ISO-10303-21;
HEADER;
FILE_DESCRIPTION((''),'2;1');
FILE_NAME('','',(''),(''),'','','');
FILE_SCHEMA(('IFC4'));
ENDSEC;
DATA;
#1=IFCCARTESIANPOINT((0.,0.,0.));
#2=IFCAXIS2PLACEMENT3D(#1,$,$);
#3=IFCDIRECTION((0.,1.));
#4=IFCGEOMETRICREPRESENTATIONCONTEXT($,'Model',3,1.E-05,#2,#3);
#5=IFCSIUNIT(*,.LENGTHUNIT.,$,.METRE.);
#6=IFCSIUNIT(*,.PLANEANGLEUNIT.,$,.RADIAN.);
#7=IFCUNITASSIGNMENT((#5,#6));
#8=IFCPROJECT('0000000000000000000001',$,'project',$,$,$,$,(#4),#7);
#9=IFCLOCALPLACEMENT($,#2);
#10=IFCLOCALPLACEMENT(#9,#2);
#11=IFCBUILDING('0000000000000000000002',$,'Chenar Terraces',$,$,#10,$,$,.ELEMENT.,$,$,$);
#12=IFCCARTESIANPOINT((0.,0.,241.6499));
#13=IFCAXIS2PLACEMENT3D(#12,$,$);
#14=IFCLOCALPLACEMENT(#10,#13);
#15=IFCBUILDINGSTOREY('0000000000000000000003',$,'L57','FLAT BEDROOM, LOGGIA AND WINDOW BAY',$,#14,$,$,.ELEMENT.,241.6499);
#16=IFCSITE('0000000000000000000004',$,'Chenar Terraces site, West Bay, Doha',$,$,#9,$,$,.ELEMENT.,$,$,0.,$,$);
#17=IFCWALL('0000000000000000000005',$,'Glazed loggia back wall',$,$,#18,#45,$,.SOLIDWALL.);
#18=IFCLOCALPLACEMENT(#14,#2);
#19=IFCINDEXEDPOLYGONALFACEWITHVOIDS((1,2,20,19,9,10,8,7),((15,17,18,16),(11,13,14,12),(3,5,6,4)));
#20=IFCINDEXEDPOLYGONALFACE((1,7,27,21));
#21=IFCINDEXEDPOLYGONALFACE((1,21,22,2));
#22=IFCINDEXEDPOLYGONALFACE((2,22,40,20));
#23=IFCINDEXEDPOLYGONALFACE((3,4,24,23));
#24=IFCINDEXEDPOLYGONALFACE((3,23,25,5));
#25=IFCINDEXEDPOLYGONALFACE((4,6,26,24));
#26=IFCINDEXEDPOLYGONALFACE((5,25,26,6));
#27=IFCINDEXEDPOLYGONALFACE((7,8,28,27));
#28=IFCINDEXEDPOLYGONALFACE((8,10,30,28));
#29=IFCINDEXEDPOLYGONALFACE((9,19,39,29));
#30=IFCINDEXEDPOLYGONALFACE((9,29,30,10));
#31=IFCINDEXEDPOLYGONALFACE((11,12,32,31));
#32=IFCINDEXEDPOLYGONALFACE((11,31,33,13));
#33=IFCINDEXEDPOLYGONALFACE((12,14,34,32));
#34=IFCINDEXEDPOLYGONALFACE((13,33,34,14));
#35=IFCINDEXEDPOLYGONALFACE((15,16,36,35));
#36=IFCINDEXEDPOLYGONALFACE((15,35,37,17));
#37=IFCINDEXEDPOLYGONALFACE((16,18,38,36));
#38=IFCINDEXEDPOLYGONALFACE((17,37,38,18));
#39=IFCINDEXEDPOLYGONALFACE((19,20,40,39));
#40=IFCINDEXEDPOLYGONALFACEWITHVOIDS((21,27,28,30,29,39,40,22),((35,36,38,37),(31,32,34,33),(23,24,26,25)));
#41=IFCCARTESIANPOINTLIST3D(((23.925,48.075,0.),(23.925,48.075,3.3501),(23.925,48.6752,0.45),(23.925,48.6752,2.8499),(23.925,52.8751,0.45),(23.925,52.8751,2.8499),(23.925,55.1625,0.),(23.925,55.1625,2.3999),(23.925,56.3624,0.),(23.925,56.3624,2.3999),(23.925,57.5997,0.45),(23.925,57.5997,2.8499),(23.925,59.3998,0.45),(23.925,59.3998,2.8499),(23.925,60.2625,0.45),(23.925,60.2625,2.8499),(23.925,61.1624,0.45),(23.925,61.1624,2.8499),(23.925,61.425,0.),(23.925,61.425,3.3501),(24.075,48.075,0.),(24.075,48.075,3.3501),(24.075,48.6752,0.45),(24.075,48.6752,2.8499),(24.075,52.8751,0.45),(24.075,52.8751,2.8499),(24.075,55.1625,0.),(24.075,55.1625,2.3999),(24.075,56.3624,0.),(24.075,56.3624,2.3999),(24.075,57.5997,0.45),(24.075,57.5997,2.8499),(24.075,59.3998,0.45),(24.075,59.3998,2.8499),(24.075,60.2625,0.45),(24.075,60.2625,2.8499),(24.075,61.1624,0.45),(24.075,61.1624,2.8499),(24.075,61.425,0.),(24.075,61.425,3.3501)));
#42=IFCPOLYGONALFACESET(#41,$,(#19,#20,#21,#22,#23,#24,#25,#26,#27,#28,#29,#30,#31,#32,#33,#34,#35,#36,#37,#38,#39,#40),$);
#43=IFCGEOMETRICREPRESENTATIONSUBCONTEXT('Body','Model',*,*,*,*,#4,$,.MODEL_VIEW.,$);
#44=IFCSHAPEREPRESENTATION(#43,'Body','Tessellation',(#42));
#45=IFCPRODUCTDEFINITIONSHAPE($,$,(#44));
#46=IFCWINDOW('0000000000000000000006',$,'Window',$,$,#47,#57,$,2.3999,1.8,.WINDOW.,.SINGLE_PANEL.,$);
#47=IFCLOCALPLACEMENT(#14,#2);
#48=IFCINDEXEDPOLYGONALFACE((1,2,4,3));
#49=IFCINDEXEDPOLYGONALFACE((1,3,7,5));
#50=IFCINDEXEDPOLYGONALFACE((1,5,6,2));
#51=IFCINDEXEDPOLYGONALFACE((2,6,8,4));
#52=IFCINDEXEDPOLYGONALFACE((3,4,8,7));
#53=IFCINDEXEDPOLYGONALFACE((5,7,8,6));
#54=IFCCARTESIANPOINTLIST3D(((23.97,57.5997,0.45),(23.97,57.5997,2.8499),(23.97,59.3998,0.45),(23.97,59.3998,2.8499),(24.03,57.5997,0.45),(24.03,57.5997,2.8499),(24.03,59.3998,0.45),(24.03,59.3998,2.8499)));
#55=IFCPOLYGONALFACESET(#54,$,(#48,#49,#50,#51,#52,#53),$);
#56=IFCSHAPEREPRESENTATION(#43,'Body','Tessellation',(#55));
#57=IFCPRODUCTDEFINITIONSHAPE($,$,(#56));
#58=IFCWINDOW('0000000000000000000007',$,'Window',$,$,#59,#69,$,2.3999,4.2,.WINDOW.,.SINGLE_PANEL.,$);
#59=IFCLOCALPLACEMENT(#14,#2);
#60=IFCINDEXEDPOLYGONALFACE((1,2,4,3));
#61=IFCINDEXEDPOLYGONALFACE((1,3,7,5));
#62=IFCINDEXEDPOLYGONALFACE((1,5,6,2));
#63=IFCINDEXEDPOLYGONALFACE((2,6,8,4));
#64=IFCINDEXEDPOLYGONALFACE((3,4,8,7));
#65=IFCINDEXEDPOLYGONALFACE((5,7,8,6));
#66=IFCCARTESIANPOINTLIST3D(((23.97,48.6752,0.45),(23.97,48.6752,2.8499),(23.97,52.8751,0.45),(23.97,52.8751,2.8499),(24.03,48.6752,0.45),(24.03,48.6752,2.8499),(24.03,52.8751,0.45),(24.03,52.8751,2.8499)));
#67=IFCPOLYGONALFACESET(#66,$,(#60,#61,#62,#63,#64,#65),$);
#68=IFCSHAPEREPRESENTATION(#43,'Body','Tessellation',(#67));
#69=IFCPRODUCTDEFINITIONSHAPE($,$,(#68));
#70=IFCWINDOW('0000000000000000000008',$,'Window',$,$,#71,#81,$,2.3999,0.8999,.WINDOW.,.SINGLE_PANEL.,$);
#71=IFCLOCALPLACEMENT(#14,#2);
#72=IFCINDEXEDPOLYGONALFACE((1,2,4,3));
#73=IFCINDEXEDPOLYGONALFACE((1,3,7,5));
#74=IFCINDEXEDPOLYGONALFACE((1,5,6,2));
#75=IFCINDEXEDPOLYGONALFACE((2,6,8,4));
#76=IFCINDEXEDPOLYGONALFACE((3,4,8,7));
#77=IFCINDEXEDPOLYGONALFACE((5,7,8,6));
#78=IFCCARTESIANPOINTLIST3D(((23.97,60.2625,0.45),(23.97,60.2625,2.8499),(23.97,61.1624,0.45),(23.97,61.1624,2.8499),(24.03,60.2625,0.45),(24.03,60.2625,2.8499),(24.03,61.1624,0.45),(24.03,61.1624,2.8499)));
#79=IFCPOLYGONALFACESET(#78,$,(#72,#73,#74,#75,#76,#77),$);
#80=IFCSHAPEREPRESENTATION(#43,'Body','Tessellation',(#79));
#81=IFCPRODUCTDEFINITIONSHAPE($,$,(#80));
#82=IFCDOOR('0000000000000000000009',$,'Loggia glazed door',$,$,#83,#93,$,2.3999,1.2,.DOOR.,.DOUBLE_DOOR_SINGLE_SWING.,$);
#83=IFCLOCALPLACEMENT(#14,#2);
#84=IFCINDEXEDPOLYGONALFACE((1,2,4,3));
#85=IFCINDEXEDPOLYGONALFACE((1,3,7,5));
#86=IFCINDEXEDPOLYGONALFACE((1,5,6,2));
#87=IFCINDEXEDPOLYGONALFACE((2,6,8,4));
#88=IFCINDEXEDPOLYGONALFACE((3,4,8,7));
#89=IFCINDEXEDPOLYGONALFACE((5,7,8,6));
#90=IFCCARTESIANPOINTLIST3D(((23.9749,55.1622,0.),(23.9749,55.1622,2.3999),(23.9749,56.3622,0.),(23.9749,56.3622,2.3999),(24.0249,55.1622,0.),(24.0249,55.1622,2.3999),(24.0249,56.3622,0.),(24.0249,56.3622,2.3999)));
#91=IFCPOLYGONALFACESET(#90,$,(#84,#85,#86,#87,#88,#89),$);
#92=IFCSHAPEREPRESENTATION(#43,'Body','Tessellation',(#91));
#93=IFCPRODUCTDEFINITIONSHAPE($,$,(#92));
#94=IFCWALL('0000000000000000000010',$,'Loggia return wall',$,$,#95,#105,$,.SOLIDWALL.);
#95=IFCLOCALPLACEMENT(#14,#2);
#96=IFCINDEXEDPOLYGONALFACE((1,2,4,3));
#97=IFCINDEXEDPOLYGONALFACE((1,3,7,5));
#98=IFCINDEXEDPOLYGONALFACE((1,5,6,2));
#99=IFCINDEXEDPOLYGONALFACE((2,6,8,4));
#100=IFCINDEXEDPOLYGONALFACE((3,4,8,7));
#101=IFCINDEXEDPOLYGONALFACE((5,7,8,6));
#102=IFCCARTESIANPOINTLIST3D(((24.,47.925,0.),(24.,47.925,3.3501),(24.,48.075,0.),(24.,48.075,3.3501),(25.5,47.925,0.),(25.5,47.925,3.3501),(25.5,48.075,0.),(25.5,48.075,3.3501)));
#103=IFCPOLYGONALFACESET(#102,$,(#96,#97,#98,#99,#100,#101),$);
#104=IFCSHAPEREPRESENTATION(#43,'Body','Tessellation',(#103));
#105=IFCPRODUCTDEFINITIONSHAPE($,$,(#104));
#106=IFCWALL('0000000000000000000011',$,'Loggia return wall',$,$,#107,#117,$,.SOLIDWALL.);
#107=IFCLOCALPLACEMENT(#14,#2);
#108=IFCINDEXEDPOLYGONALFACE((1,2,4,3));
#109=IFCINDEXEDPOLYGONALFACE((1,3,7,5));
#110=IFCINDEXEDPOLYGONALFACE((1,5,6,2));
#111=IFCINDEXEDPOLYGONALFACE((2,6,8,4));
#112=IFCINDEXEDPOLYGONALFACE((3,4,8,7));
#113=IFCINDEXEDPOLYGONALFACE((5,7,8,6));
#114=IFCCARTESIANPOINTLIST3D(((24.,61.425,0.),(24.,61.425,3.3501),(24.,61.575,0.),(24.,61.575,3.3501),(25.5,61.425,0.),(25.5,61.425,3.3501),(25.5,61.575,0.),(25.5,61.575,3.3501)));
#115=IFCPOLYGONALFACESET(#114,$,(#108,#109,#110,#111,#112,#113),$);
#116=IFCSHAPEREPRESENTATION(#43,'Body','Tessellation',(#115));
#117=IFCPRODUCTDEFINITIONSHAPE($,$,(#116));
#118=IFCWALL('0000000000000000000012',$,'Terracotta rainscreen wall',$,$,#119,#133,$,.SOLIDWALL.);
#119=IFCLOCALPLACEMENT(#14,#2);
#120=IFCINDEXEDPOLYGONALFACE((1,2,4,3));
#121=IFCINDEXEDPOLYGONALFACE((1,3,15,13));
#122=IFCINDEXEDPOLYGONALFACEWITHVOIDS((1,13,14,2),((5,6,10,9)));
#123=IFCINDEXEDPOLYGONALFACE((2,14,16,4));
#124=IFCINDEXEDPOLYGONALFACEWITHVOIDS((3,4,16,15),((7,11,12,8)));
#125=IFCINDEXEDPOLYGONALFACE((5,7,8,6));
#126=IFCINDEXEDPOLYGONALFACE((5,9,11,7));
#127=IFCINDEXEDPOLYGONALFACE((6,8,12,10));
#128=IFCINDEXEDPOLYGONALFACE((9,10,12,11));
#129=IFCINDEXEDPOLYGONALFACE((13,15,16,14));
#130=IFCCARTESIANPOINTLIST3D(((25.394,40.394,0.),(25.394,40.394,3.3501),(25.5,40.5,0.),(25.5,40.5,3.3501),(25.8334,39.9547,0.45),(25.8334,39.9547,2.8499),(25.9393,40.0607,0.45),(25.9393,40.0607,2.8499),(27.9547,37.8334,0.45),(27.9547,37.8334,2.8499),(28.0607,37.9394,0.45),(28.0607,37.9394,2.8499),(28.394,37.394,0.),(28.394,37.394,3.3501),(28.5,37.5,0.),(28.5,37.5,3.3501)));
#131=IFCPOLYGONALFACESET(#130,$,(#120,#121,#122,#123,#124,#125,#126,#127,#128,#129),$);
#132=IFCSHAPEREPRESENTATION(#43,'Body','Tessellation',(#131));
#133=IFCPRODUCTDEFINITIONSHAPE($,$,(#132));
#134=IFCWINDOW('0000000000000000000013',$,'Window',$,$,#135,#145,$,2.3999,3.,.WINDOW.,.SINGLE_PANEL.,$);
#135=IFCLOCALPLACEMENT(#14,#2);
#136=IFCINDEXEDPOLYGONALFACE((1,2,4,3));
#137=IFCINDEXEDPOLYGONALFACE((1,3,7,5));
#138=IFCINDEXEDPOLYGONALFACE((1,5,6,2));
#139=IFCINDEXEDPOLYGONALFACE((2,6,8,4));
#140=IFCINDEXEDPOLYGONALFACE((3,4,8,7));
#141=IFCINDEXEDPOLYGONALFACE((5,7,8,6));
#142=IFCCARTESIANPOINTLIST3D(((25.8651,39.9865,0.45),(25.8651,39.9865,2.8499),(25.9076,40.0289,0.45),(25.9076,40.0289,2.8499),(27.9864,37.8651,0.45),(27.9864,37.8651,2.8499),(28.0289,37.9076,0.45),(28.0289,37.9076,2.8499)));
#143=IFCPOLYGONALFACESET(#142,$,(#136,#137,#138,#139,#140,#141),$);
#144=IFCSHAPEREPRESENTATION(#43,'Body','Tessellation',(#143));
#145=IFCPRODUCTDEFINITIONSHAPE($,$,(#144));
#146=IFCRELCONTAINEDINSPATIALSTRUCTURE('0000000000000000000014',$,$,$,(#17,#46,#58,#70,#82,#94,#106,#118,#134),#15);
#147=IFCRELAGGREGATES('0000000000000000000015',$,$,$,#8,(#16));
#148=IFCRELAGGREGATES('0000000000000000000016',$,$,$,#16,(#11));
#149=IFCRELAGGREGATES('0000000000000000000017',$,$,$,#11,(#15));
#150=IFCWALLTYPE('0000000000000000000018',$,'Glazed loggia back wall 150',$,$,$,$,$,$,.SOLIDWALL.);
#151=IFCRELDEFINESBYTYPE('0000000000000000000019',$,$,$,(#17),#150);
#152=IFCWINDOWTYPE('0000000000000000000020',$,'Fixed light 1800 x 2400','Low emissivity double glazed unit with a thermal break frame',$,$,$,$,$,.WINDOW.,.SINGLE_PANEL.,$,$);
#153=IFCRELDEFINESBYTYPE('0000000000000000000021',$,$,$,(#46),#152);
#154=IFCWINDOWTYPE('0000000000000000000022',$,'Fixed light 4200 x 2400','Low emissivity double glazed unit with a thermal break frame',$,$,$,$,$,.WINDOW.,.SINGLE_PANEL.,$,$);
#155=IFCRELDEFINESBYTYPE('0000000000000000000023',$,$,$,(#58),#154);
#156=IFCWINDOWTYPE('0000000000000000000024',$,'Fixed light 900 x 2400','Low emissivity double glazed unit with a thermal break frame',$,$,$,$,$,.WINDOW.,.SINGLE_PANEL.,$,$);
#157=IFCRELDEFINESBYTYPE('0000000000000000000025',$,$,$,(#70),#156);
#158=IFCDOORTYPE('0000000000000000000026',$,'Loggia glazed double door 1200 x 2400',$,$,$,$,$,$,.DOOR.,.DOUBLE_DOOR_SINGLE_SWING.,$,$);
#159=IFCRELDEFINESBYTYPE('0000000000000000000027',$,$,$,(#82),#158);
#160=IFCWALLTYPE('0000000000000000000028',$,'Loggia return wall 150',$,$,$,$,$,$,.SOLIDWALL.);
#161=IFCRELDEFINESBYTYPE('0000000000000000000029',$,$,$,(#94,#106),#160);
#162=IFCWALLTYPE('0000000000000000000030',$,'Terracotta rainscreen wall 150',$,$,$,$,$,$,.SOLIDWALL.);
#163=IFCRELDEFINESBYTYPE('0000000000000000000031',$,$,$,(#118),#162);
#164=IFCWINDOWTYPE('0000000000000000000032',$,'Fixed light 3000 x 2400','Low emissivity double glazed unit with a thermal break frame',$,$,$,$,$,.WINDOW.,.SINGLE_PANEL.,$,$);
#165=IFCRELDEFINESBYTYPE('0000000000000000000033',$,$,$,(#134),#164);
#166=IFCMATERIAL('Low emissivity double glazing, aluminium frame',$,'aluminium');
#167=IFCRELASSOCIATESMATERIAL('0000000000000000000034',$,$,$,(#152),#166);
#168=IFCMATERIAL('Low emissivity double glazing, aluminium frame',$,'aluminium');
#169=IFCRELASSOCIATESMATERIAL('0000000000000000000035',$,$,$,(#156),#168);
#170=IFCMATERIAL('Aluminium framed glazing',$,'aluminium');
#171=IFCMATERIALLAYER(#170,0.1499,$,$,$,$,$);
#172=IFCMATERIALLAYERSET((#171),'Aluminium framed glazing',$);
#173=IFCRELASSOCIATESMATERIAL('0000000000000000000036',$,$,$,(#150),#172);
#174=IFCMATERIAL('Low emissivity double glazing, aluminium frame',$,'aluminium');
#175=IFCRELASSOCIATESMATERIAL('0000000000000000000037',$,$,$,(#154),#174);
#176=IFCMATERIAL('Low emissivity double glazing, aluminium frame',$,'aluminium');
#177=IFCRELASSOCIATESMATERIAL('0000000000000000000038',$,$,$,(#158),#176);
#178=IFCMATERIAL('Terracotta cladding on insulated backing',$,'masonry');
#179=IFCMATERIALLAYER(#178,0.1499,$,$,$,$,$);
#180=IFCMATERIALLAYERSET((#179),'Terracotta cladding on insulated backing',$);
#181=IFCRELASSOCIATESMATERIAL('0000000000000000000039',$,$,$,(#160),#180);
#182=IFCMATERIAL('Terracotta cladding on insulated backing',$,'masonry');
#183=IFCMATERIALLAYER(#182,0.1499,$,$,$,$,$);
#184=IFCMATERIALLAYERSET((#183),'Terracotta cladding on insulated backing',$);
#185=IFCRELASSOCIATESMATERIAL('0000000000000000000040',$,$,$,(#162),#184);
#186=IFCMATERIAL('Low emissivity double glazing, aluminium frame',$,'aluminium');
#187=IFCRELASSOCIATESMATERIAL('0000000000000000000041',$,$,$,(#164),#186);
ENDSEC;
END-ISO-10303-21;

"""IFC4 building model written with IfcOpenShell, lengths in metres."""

from ifc_helpers import new_model, si_unit, direction, frame, frame_2d, origin, place, context, subcontext, project, spatial, rectangle, extrude, material, layer, layer_set, type_object, element, fill, save


model = new_model("IFC4")

# Units and contexts
model_context = context("Model", 3, precision=1e-05, world=origin(), true_north=direction((0.0, 1.0)))
body_context = subcontext(model_context, "Body", "Model", "MODEL_VIEW")
ifc_project = project(units=[si_unit("LENGTHUNIT", "METRE"), si_unit("PLANEANGLEUNIT", "RADIAN")], contexts=[model_context])

# Site, building, storey
site_placement = place(None, origin())
site = spatial("IfcSite", under=ifc_project, at=site_placement, Name="Chenar Terraces site, West Bay, Doha", CompositionType="ELEMENT", RefElevation=0.0)
building_placement = place(site_placement, origin())
building = spatial("IfcBuilding", under=site, at=building_placement, Name="Chenar Terraces", CompositionType="ELEMENT")
storey_placement = place(building_placement, frame((0.0, 0.0, 241.6499)))
storey = spatial("IfcBuildingStorey", under=building, at=storey_placement, Name="L57", Description="FLAT BEDROOM, LOGGIA AND WINDOW BAY", CompositionType="ELEMENT", Elevation=241.6499)

# Shared definitions
ifc_material_1 = material(Name="Low emissivity double glazing, aluminium frame", Category="aluminium")
window_type_1 = type_object("IfcWindowType", Name="Fixed light 1800 x 2400", Description="Low emissivity double glazed unit with a thermal break frame", PartitioningType="SINGLE_PANEL", PredefinedType="WINDOW", material=ifc_material_1)
ifc_material_2 = material(Name="Low emissivity double glazing, aluminium frame", Category="aluminium")
window_type_2 = type_object("IfcWindowType", Name="Fixed light 900 x 2400", Description="Low emissivity double glazed unit with a thermal break frame", PartitioningType="SINGLE_PANEL", PredefinedType="WINDOW", material=ifc_material_2)

# Wall, openings, windows, door
ifc_material_3 = material(Name="Aluminium framed glazing", Category="aluminium")
ifc_layer_1 = layer(ifc_material_3, 0.1499)
ifc_layer_set_1 = layer_set([ifc_layer_1], Name="Aluminium framed glazing")
wall_type_1 = type_object("IfcWallType", Name="Glazed loggia back wall 150", PredefinedType="SOLIDWALL", material=ifc_layer_set_1)
wall_1_placement = place(storey_placement, frame((24.0, 48.075, 0.0), z_axis=(0.0, 0.0, 1.0), x_axis=(0.0, 1.0, 0.0)))
wall_1 = element("IfcWall", 1, at=wall_1_placement, inside=storey, type_object=wall_type_1, Name="Glazed loggia back wall", PredefinedType="SOLIDWALL", context=body_context, shape_type="SweptSolid", body=[
    extrude(rectangle(XDim=13.3501, YDim=0.1499, at=frame_2d((6.675, 0.0))), origin(), (0.0, 0.0, 1.0), 3.3501),
])
opening_1_placement = place(wall_1_placement, frame((0.6001, 0.0, 0.45)))
opening_1 = element("IfcOpeningElement", 2, at=opening_1_placement, cuts=wall_1, PredefinedType="OPENING", context=body_context, shape_type="SweptSolid", body=[
    extrude(rectangle(XDim=4.2, YDim=2.3999, at=frame_2d((2.1001, 1.2))), frame((0.0, 0.085, 0.0), z_axis=(0.0, -1.0, 0.0), x_axis=(1.0, 0.0, 0.0)), (0.0, 0.0, 1.0), 0.1699),
])
opening_2_placement = place(wall_1_placement, frame((7.0874, 0.0, 0.0)))
opening_2 = element("IfcOpeningElement", 3, at=opening_2_placement, cuts=wall_1, PredefinedType="OPENING", context=body_context, shape_type="SweptSolid", body=[
    extrude(rectangle(XDim=1.2, YDim=2.3999, at=frame_2d((0.6001, 1.2))), frame((0.0, 0.085, 0.0), z_axis=(0.0, -1.0, 0.0), x_axis=(1.0, 0.0, 0.0)), (0.0, 0.0, 1.0), 0.1699),
])
opening_3_placement = place(wall_1_placement, frame((9.5249, 0.0, 0.45)))
opening_3 = element("IfcOpeningElement", 4, at=opening_3_placement, cuts=wall_1, PredefinedType="OPENING", context=body_context, shape_type="SweptSolid", body=[
    extrude(rectangle(XDim=1.8, YDim=2.3999, at=frame_2d((0.8999, 1.2))), frame((0.0, 0.085, 0.0), z_axis=(0.0, -1.0, 0.0), x_axis=(1.0, 0.0, 0.0)), (0.0, 0.0, 1.0), 0.1699),
])
opening_4_placement = place(wall_1_placement, frame((12.1875, 0.0, 0.45)))
opening_4 = element("IfcOpeningElement", 5, at=opening_4_placement, cuts=wall_1, PredefinedType="OPENING", context=body_context, shape_type="SweptSolid", body=[
    extrude(rectangle(XDim=0.8999, YDim=2.3999, at=frame_2d((0.45, 1.2))), frame((0.0, 0.085, 0.0), z_axis=(0.0, -1.0, 0.0), x_axis=(1.0, 0.0, 0.0)), (0.0, 0.0, 1.0), 0.1699),
])
window_1_placement = place(opening_3_placement, origin())
window_1 = element("IfcWindow", 6, at=window_1_placement, inside=storey, type_object=window_type_1, Name="Window", OverallHeight=2.3999, OverallWidth=1.8, PartitioningType="SINGLE_PANEL", PredefinedType="WINDOW", context=body_context, shape_type="SweptSolid", body=[
    extrude(rectangle(XDim=1.8, YDim=2.3999, at=frame_2d((0.8999, 1.2))), frame((0.0, 0.03, 0.0), z_axis=(0.0, -1.0, 0.0), x_axis=(1.0, 0.0, 0.0)), (0.0, 0.0, 1.0), 0.0601),
])
fill(opening_3, window_1)
ifc_material_4 = material(Name="Low emissivity double glazing, aluminium frame", Category="aluminium")
window_type_3 = type_object("IfcWindowType", Name="Fixed light 4200 x 2400", Description="Low emissivity double glazed unit with a thermal break frame", PartitioningType="SINGLE_PANEL", PredefinedType="WINDOW", material=ifc_material_4)
window_2_placement = place(opening_1_placement, origin())
window_2 = element("IfcWindow", 7, at=window_2_placement, inside=storey, type_object=window_type_3, Name="Window", OverallHeight=2.3999, OverallWidth=4.2, PartitioningType="SINGLE_PANEL", PredefinedType="WINDOW", context=body_context, shape_type="SweptSolid", body=[
    extrude(rectangle(XDim=4.2, YDim=2.3999, at=frame_2d((2.1001, 1.2))), frame((0.0, 0.03, 0.0), z_axis=(0.0, -1.0, 0.0), x_axis=(1.0, 0.0, 0.0)), (0.0, 0.0, 1.0), 0.0601),
])
fill(opening_1, window_2)
window_3_placement = place(opening_4_placement, origin())
window_3 = element("IfcWindow", 8, at=window_3_placement, inside=storey, type_object=window_type_2, Name="Window", OverallHeight=2.3999, OverallWidth=0.8999, PartitioningType="SINGLE_PANEL", PredefinedType="WINDOW", context=body_context, shape_type="SweptSolid", body=[
    extrude(rectangle(XDim=0.8999, YDim=2.3999, at=frame_2d((0.45, 1.2))), frame((0.0, 0.03, 0.0), z_axis=(0.0, -1.0, 0.0), x_axis=(1.0, 0.0, 0.0)), (0.0, 0.0, 1.0), 0.0601),
])
fill(opening_4, window_3)
ifc_material_5 = material(Name="Low emissivity double glazing, aluminium frame", Category="aluminium")
door_type = type_object("IfcDoorType", Name="Loggia glazed double door 1200 x 2400", OperationType="DOUBLE_DOOR_SINGLE_SWING", PredefinedType="DOOR", material=ifc_material_5)
door_placement = place(opening_2_placement, frame((1.2, 0.0, 0.0), z_axis=(0.0, 0.0, 1.0), x_axis=(-1.0, 0.0, 0.0)))
door = element("IfcDoor", 9, at=door_placement, inside=storey, type_object=door_type, Name="Loggia glazed door", OperationType="DOUBLE_DOOR_SINGLE_SWING", OverallHeight=2.3999, OverallWidth=1.2, PredefinedType="DOOR", context=body_context, shape_type="SweptSolid", body=[
    extrude(rectangle(XDim=1.2, YDim=2.3999, at=frame_2d((0.6001, 1.2))), frame((0.0, 0.0249, 0.0), z_axis=(0.0, -1.0, 0.0), x_axis=(1.0, 0.0, 0.0)), (0.0, 0.0, 1.0), 0.05),
])
fill(opening_2, door)

# Walls
ifc_material_6 = material(Name="Terracotta cladding on insulated backing", Category="masonry")
ifc_layer_2 = layer(ifc_material_6, 0.1499)
ifc_layer_set_2 = layer_set([ifc_layer_2], Name="Terracotta cladding on insulated backing")
wall_type_2 = type_object("IfcWallType", Name="Loggia return wall 150", PredefinedType="SOLIDWALL", material=ifc_layer_set_2)
for number, where, z_axis, x_axis, name in (
    (10, (25.5, 48.0, 0.0), (0.0, 0.0, 1.0), (-1.0, 0.0, 0.0), "Loggia return wall"),
    (11, (25.5, 61.5, 0.0), (0.0, 0.0, 1.0), (-1.0, 0.0, 0.0), "Loggia return wall"),
):
    element("IfcWall", number, at=place(storey_placement, frame(where, z_axis=z_axis, x_axis=x_axis)), inside=storey, type_object=wall_type_2, Name=name, PredefinedType="SOLIDWALL", context=body_context, shape_type="SweptSolid", body=[
        extrude(rectangle(XDim=1.5, YDim=0.1499, at=frame_2d((0.75, 0.0))), origin(), (0.0, 0.0, 1.0), 3.3501),
    ])

# Wall, opening, window
ifc_material_7 = material(Name="Terracotta cladding on insulated backing", Category="masonry")
ifc_layer_3 = layer(ifc_material_7, 0.1499)
ifc_layer_set_3 = layer_set([ifc_layer_3], Name="Terracotta cladding on insulated backing")
wall_type_3 = type_object("IfcWallType", Name="Terracotta rainscreen wall 150", PredefinedType="SOLIDWALL", material=ifc_layer_set_3)
wall_2_placement = place(storey_placement, frame((28.447, 37.447, 0.0), z_axis=(0.0, 0.0, 1.0), x_axis=(-0.707107, 0.707107, 0.0)))
wall_2 = element("IfcWall", 12, at=wall_2_placement, inside=storey, type_object=wall_type_3, Name="Terracotta rainscreen wall", PredefinedType="SOLIDWALL", context=body_context, shape_type="SweptSolid", body=[
    extrude(rectangle(XDim=4.2427, YDim=0.1499, at=frame_2d((2.1213, 0.0))), origin(), (0.0, 0.0, 1.0), 3.3501),
])
opening_5_placement = place(wall_2_placement, frame((0.6213, 0.0, 0.45)))
opening_5 = element("IfcOpeningElement", 13, at=opening_5_placement, cuts=wall_2, PredefinedType="OPENING", context=body_context, shape_type="SweptSolid", body=[
    extrude(rectangle(XDim=3.0, YDim=2.3999, at=frame_2d((1.5, 1.2))), frame((0.0, 0.085, 0.0), z_axis=(0.0, -1.0, 0.0), x_axis=(1.0, 0.0, 0.0)), (0.0, 0.0, 1.0), 0.1699),
])
ifc_material_8 = material(Name="Low emissivity double glazing, aluminium frame", Category="aluminium")
window_type_4 = type_object("IfcWindowType", Name="Fixed light 3000 x 2400", Description="Low emissivity double glazed unit with a thermal break frame", PartitioningType="SINGLE_PANEL", PredefinedType="WINDOW", material=ifc_material_8)
window_4_placement = place(opening_5_placement, origin())
window_4 = element("IfcWindow", 14, at=window_4_placement, inside=storey, type_object=window_type_4, Name="Window", OverallHeight=2.3999, OverallWidth=3.0, PartitioningType="SINGLE_PANEL", PredefinedType="WINDOW", context=body_context, shape_type="SweptSolid", body=[
    extrude(rectangle(XDim=3.0, YDim=2.3999, at=frame_2d((1.5, 1.2))), frame((0.0, 0.03, 0.0), z_axis=(0.0, -1.0, 0.0), x_axis=(1.0, 0.0, 0.0)), (0.0, 0.0, 1.0), 0.0601),
])
fill(opening_5, window_4)

save(model, "model.ifc")
